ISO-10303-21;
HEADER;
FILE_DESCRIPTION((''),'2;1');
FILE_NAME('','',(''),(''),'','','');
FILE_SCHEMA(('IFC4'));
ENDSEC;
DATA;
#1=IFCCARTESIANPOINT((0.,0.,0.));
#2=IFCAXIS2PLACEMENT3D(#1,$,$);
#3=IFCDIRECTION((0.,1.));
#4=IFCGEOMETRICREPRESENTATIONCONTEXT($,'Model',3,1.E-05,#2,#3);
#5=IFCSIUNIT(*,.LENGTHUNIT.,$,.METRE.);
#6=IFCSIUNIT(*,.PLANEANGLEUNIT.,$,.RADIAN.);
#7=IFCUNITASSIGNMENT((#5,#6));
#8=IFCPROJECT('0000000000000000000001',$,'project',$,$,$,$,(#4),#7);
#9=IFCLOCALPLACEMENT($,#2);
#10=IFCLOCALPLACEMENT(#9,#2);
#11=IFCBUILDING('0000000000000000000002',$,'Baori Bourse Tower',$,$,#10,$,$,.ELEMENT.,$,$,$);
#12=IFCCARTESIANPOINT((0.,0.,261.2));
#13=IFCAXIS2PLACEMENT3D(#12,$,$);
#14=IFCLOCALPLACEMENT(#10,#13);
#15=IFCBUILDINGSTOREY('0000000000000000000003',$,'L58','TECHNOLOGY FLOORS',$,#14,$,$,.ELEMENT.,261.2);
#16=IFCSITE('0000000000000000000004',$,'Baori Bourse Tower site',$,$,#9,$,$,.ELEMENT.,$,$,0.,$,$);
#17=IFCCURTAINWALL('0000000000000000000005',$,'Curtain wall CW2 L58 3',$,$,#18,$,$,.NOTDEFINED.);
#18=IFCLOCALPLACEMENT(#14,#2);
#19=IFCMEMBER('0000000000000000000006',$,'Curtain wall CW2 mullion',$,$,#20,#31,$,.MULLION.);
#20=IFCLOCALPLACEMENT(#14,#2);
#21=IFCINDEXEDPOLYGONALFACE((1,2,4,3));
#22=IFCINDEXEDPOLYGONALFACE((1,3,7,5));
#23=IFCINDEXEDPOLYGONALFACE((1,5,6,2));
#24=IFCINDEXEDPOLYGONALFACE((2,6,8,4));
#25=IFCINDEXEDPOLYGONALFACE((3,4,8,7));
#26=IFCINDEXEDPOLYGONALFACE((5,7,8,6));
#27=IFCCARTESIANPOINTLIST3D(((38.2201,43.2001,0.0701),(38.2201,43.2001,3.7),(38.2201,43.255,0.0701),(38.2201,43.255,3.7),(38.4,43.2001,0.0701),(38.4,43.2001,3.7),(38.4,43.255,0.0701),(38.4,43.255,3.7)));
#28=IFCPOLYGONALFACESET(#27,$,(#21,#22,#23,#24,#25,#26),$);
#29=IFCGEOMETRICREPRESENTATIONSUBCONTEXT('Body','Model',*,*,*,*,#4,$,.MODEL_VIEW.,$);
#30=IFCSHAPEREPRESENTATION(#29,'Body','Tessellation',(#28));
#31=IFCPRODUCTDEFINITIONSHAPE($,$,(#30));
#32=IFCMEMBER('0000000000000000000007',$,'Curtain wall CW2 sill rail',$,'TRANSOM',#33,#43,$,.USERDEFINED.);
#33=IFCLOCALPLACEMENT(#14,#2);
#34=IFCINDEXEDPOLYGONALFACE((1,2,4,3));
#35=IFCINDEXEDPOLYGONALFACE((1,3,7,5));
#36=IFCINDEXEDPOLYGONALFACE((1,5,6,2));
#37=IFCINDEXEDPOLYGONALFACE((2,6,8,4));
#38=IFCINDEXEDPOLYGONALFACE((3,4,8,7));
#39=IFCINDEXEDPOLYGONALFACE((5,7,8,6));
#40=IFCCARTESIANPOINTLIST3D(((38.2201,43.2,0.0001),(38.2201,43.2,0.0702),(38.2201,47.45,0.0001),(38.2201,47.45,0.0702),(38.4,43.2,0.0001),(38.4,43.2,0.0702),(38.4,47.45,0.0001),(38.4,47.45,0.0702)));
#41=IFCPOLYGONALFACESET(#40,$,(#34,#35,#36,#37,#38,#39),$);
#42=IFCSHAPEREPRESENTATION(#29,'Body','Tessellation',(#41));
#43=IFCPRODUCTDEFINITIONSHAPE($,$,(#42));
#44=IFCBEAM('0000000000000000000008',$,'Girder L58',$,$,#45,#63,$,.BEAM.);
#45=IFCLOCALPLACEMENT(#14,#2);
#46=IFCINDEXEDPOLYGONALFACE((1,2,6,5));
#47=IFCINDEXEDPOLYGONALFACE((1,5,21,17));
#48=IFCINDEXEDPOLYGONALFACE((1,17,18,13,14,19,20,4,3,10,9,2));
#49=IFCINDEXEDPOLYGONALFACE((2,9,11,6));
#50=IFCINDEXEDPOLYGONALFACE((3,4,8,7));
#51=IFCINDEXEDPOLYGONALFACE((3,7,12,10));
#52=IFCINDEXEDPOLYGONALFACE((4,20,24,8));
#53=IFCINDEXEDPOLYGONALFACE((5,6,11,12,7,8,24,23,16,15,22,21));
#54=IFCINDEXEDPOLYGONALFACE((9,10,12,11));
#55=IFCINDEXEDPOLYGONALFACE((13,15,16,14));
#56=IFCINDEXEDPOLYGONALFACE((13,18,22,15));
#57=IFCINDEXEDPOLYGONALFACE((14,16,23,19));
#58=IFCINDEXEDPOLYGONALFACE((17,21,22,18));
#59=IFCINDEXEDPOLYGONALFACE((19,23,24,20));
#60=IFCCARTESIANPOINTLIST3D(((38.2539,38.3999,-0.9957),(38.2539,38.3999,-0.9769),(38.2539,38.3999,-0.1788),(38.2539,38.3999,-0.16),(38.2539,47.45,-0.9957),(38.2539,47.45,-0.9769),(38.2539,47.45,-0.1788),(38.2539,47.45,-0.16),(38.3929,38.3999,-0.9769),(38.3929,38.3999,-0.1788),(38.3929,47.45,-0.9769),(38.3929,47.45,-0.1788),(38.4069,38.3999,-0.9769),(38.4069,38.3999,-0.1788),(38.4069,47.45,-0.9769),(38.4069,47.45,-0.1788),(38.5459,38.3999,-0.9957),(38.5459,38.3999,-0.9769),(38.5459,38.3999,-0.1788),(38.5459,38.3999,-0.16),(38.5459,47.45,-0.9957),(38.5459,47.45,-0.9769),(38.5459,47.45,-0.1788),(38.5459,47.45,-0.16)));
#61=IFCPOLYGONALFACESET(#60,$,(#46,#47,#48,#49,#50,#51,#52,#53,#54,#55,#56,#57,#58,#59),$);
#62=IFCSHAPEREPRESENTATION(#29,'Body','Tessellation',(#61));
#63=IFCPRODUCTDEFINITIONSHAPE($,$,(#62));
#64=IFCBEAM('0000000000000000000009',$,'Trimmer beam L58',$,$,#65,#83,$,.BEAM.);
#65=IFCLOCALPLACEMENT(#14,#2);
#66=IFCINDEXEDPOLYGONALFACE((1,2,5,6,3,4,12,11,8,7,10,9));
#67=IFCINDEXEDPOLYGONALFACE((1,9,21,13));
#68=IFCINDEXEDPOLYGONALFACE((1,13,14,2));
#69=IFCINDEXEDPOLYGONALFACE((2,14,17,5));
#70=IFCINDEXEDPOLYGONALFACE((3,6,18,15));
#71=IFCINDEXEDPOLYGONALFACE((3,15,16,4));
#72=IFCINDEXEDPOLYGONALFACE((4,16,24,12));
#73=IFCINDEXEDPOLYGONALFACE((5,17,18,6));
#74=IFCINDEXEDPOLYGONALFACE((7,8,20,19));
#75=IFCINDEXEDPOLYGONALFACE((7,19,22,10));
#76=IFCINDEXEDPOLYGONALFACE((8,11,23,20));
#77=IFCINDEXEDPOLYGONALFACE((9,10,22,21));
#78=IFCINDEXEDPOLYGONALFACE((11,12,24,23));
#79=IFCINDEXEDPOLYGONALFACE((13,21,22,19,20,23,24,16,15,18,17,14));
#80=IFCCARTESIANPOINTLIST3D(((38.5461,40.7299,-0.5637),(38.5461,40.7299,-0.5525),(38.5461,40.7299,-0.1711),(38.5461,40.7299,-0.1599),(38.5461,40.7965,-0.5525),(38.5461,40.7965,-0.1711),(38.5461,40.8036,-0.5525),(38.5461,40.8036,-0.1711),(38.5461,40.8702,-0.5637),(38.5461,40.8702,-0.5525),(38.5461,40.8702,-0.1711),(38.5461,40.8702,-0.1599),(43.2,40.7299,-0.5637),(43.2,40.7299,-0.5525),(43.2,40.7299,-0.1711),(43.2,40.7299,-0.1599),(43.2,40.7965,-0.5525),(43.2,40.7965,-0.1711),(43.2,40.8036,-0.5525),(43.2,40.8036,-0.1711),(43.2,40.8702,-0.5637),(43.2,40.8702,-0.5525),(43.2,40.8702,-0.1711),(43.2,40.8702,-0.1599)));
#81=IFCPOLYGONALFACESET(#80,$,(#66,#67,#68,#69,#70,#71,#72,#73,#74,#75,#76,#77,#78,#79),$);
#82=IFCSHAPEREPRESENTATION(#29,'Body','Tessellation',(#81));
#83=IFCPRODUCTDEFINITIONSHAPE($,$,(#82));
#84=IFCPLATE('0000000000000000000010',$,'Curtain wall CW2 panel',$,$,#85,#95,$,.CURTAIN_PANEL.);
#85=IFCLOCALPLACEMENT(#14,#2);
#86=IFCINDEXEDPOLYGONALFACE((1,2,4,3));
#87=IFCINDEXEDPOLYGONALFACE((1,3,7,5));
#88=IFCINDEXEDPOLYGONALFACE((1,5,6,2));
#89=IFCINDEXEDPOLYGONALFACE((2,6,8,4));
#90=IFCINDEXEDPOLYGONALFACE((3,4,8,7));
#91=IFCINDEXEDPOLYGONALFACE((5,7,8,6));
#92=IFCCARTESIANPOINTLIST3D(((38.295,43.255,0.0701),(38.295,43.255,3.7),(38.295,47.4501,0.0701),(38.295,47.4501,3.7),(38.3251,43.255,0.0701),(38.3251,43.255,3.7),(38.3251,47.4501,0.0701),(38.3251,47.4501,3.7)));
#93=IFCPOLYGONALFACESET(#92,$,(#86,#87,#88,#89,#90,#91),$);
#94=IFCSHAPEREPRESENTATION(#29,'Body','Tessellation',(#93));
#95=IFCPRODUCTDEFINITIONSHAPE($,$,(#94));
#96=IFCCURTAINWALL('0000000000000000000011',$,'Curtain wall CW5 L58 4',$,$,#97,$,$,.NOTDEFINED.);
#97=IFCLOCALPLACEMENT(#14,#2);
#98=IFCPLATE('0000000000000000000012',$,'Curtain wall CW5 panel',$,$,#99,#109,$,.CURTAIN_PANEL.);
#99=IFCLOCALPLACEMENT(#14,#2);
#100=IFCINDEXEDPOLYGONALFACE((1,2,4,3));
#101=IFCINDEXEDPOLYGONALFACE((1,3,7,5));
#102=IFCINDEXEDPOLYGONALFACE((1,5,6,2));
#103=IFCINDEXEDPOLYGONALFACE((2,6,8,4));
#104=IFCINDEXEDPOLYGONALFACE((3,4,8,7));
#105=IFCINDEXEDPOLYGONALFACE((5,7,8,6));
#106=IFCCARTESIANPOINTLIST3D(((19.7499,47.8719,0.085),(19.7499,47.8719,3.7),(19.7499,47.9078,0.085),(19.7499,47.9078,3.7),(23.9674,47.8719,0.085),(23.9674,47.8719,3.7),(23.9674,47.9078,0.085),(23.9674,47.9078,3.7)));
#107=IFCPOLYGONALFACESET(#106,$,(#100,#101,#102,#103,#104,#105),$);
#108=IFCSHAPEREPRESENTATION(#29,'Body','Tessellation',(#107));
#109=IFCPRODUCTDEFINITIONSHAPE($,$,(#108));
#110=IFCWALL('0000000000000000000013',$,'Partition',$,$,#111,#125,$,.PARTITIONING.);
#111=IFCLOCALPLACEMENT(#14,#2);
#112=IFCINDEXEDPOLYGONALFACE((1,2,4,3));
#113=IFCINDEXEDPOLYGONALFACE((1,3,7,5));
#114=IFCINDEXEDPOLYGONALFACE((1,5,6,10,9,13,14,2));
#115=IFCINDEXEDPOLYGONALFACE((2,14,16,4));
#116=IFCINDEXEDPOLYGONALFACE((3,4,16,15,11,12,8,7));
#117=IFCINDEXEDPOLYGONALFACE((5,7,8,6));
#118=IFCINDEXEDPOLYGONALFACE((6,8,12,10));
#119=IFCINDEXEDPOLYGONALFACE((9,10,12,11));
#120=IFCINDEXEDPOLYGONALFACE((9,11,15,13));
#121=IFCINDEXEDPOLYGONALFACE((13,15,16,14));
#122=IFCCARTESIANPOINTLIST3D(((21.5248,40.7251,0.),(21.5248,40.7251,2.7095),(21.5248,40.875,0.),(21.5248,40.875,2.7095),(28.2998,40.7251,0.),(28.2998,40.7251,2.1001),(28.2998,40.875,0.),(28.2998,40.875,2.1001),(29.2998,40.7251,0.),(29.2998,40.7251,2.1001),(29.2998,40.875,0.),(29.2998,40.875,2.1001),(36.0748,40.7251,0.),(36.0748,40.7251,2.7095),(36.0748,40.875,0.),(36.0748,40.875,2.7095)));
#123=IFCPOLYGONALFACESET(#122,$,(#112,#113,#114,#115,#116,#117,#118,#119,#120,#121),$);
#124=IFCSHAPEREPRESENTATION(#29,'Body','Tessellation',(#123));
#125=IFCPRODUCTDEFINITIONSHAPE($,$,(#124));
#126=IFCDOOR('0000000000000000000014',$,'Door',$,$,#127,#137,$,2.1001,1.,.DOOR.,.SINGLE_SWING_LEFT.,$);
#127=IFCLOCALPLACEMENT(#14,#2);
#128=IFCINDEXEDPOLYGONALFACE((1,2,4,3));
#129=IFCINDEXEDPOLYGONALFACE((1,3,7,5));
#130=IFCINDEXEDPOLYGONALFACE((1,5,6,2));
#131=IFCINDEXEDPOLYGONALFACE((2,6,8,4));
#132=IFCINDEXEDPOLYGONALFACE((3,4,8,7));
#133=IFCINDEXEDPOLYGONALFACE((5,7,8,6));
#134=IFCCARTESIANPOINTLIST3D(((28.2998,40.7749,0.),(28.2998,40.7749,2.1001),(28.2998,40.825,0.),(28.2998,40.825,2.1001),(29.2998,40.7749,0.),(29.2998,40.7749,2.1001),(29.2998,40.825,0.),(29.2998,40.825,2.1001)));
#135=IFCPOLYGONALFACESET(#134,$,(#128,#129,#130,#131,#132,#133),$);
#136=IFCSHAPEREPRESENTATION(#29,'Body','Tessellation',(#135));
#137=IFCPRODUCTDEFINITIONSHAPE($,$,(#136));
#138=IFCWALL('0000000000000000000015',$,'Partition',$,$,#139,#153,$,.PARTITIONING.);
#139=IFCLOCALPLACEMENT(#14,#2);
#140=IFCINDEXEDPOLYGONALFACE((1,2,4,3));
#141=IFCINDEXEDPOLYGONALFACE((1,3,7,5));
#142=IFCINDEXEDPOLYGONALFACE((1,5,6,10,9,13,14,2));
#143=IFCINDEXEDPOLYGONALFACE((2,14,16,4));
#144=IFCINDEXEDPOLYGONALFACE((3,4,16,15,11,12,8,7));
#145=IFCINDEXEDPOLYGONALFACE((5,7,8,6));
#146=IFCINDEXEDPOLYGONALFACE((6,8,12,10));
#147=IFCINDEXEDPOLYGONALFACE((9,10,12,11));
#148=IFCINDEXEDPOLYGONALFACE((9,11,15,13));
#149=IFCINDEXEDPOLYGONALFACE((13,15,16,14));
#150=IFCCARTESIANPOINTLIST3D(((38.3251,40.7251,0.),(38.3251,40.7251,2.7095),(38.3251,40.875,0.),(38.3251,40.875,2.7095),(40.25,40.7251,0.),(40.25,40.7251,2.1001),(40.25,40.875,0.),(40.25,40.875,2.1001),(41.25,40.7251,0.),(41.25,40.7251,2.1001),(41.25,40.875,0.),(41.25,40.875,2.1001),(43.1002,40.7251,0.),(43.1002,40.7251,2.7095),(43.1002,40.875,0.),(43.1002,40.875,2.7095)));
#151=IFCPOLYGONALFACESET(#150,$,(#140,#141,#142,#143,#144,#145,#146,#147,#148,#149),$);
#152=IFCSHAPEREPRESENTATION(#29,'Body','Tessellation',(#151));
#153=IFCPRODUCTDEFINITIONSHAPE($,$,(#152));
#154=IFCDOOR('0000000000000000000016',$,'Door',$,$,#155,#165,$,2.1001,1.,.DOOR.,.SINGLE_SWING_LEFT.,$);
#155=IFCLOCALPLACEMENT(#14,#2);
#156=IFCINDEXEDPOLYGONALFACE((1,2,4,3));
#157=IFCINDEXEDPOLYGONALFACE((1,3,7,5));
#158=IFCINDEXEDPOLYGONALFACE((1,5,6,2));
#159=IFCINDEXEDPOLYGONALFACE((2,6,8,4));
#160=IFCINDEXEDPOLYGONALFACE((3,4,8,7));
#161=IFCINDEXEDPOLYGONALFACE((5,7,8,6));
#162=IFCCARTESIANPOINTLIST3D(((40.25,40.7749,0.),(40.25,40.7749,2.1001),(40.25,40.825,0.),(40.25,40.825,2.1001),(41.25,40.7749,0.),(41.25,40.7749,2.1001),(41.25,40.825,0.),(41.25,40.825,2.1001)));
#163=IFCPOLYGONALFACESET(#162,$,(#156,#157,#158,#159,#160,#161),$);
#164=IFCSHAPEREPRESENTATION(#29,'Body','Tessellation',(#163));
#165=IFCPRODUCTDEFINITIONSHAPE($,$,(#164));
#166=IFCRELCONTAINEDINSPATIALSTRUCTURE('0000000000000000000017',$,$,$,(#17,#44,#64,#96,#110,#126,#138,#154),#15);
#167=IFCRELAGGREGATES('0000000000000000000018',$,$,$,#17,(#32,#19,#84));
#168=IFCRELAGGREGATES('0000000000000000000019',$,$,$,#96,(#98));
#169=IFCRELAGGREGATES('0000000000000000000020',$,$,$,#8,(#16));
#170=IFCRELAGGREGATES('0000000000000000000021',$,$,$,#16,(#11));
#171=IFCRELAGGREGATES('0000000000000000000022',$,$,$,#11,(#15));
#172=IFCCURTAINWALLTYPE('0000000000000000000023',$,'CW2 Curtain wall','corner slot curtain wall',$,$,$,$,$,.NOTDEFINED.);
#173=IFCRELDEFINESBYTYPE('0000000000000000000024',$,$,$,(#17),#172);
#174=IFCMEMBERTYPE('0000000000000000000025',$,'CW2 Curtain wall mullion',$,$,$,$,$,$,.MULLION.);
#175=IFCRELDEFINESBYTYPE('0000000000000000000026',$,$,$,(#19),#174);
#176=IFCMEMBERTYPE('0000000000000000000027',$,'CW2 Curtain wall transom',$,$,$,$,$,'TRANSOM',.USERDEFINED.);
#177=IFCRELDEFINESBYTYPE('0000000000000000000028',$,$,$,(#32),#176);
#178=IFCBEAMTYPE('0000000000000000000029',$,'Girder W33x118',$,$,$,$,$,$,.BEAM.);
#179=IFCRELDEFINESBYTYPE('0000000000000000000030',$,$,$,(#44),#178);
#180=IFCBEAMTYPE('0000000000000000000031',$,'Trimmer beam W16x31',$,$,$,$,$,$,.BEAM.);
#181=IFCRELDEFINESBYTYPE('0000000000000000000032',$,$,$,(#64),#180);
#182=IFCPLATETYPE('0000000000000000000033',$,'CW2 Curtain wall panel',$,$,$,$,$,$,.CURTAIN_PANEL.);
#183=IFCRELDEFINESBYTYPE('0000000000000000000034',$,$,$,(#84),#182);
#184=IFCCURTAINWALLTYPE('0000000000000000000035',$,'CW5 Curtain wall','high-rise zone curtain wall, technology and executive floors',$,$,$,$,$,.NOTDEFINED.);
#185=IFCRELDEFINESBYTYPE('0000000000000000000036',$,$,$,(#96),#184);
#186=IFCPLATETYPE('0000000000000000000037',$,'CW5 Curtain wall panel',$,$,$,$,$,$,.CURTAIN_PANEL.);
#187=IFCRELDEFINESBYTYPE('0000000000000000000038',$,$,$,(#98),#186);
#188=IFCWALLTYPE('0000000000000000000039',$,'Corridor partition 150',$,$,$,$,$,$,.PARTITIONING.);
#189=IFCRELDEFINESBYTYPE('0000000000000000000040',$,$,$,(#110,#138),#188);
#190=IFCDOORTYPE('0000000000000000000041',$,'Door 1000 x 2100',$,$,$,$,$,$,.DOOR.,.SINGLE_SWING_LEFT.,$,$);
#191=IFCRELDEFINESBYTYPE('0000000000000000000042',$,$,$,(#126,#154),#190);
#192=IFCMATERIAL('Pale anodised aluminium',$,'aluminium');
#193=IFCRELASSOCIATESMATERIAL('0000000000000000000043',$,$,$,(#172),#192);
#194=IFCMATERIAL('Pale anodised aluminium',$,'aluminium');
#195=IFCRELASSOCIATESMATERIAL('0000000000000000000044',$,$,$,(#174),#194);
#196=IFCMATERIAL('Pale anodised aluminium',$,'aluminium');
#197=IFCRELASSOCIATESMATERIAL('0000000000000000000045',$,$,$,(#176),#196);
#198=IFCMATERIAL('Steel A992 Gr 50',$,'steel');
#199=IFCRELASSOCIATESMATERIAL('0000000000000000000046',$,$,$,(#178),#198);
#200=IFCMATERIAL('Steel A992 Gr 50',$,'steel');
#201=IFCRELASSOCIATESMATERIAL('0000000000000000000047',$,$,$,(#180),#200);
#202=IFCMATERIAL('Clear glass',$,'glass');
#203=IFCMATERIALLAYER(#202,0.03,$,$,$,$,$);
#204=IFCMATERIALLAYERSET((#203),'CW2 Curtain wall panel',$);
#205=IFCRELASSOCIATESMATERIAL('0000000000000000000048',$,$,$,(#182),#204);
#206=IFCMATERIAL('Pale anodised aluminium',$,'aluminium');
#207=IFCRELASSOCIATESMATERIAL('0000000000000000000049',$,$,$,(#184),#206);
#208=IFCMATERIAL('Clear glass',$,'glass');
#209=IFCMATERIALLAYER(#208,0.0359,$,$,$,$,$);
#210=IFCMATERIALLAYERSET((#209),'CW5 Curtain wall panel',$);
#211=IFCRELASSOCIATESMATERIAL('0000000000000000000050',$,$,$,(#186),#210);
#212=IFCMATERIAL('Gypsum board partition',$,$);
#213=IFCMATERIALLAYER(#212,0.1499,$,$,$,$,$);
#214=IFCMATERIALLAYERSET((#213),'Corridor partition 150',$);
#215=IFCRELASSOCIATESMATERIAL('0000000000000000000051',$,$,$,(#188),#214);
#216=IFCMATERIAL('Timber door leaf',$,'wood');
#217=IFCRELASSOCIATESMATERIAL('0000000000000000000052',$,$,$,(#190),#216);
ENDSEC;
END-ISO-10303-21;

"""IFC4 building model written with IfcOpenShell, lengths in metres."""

from ifc_helpers import new_model, si_unit, direction, frame, frame_2d, origin, origin_2d, place, context, subcontext, project, spatial, rectangle, i_section, extrude, material, layer, layer_set, material_profile, profile_set, type_object, element, fill, aggregate, save


model = new_model("IFC4")

# Units and contexts
model_context = context("Model", 3, precision=1e-05, world=origin(), true_north=direction((0.0, 1.0)))
body_context = subcontext(model_context, "Body", "Model", "MODEL_VIEW")
ifc_project = project(units=[si_unit("LENGTHUNIT", "METRE"), si_unit("PLANEANGLEUNIT", "RADIAN")], contexts=[model_context])

# Site, building, storey
site_placement = place(None, origin())
site = spatial("IfcSite", under=ifc_project, at=site_placement, Name="Baori Bourse Tower site", CompositionType="ELEMENT", RefElevation=0.0)
building_placement = place(site_placement, origin())
building = spatial("IfcBuilding", under=site, at=building_placement, Name="Baori Bourse Tower", CompositionType="ELEMENT")
storey_placement = place(building_placement, frame((0.0, 0.0, 261.2)))
storey = spatial("IfcBuildingStorey", under=building, at=storey_placement, Name="L58", Description="TECHNOLOGY FLOORS", CompositionType="ELEMENT", Elevation=261.2)

# Curtain wall, members
ifc_material_1 = material(Name="Pale anodised aluminium", Category="aluminium")
curtain_wall_type_1 = type_object("IfcCurtainWallType", Name="CW2 Curtain wall", Description="corner slot curtain wall", PredefinedType="NOTDEFINED", material=ifc_material_1)
curtain_wall_1_placement = place(storey_placement, origin())
curtain_wall_1 = element("IfcCurtainWall", 1, at=curtain_wall_1_placement, inside=storey, type_object=curtain_wall_type_1, Name="Curtain wall CW2 L58 3", PredefinedType="NOTDEFINED")
ifc_material_2 = material(Name="Pale anodised aluminium", Category="aluminium")
ifc_material_profile_1 = material_profile(ifc_material_2, rectangle(XDim=0.1799, YDim=0.0549, at=origin_2d()), Name="Mullion 55x180")
ifc_profile_set_1 = profile_set([ifc_material_profile_1], Name="Pale anodised aluminium")
member_type_1 = type_object("IfcMemberType", Name="CW2 Curtain wall mullion", PredefinedType="MULLION", material=ifc_profile_set_1)
member_1_placement = place(storey_placement, frame((38.3101, 43.2275, 0.0701), z_axis=(0.0, 0.0, 1.0), x_axis=(-1.0, 0.0, 0.0)))
member_1 = element("IfcMember", 2, at=member_1_placement, type_object=member_type_1, Name="Curtain wall CW2 mullion", PredefinedType="MULLION", context=body_context, shape_type="SweptSolid", body=[
    extrude(rectangle(XDim=0.1799, YDim=0.0549, at=origin_2d()), origin(), (0.0, 0.0, 1.0), 3.6299),
])
ifc_material_3 = material(Name="Pale anodised aluminium", Category="aluminium")
ifc_material_profile_2 = material_profile(ifc_material_3, rectangle(XDim=0.1799, YDim=0.0701, at=origin_2d()), Name="Transom 70x180")
ifc_profile_set_2 = profile_set([ifc_material_profile_2], Name="Pale anodised aluminium")
member_type_2 = type_object("IfcMemberType", Name="CW2 Curtain wall transom", ElementType="TRANSOM", PredefinedType="USERDEFINED", material=ifc_profile_set_2)
member_2_placement = place(storey_placement, frame((38.3101, 43.2, 0.0352), z_axis=(0.0, 1.0, 0.0), x_axis=(-1.0, 0.0, 0.0)))
member_2 = element("IfcMember", 3, at=member_2_placement, type_object=member_type_2, Name="Curtain wall CW2 sill rail", ObjectType="TRANSOM", PredefinedType="USERDEFINED", context=body_context, shape_type="SweptSolid", body=[
    extrude(rectangle(XDim=0.1799, YDim=0.0701, at=origin_2d()), origin(), (0.0, 0.0, 1.0), 4.25),
])

# Beams
ifc_material_4 = material(Name="Steel A992 Gr 50", Category="steel")
ifc_material_profile_3 = material_profile(ifc_material_4, i_section(OverallWidth=0.292, OverallDepth=0.8357, WebThickness=0.0139, FlangeThickness=0.0188, at=origin_2d()), Name="W33x118")
ifc_profile_set_3 = profile_set([ifc_material_profile_3], Name="Steel A992 Gr 50")
beam_type_1 = type_object("IfcBeamType", Name="Girder W33x118", PredefinedType="BEAM", material=ifc_profile_set_3)
beam_1_placement = place(storey_placement, frame((38.3999, 38.3999, -0.5779), z_axis=(0.0, 1.0, 0.0), x_axis=(-1.0, 0.0, 0.0)))
element("IfcBeam", 4, at=beam_1_placement, inside=storey, type_object=beam_type_1, Name="Girder L58", PredefinedType="BEAM", context=body_context, shape_type="SweptSolid", body=[
    extrude(i_section(OverallWidth=0.292, OverallDepth=0.8357, WebThickness=0.0139, FlangeThickness=0.0188, at=origin_2d()), origin(), (0.0, 0.0, 1.0), 9.05),
])
ifc_material_5 = material(Name="Steel A992 Gr 50", Category="steel")
ifc_material_profile_4 = material_profile(ifc_material_5, i_section(OverallWidth=0.1404, OverallDepth=0.4038, WebThickness=0.0071, FlangeThickness=0.0112, at=origin_2d()), Name="W16x31")
ifc_profile_set_4 = profile_set([ifc_material_profile_4], Name="Steel A992 Gr 50")
beam_type_2 = type_object("IfcBeamType", Name="Trimmer beam W16x31", PredefinedType="BEAM", material=ifc_profile_set_4)
beam_2_placement = place(storey_placement, frame((38.5461, 40.8, -0.3618), z_axis=(1.0, 0.0, 0.0), x_axis=(0.0, 1.0, 0.0)))
element("IfcBeam", 5, at=beam_2_placement, inside=storey, type_object=beam_type_2, Name="Trimmer beam L58", PredefinedType="BEAM", context=body_context, shape_type="SweptSolid", body=[
    extrude(i_section(OverallWidth=0.1404, OverallDepth=0.4038, WebThickness=0.0071, FlangeThickness=0.0112, at=origin_2d()), origin(), (0.0, 0.0, 1.0), 4.6538),
])

# Plate
ifc_material_6 = material(Name="Clear glass", Category="glass")
ifc_layer_1 = layer(ifc_material_6, 0.03)
ifc_layer_set_1 = layer_set([ifc_layer_1], Name="CW2 Curtain wall panel")
plate_type_1 = type_object("IfcPlateType", Name="CW2 Curtain wall panel", PredefinedType="CURTAIN_PANEL", material=ifc_layer_set_1)
plate_1_placement = place(storey_placement, frame((38.3101, 45.3525, 0.0701), z_axis=(0.0, 0.0, 1.0), x_axis=(0.0, 1.0, 0.0)))
plate_1 = element("IfcPlate", 6, at=plate_1_placement, type_object=plate_type_1, Name="Curtain wall CW2 panel", PredefinedType="CURTAIN_PANEL", context=body_context, shape_type="SweptSolid", body=[
    extrude(rectangle(XDim=4.1951, YDim=0.03, at=origin_2d()), origin(), (0.0, 0.0, 1.0), 3.6299),
])
aggregate(curtain_wall_1, [member_2, member_1, plate_1])

# Curtain wall, plate
ifc_material_7 = material(Name="Pale anodised aluminium", Category="aluminium")
curtain_wall_type_2 = type_object("IfcCurtainWallType", Name="CW5 Curtain wall", Description="high-rise zone curtain wall, technology and executive floors", PredefinedType="NOTDEFINED", material=ifc_material_7)
curtain_wall_2_placement = place(storey_placement, origin())
curtain_wall_2 = element("IfcCurtainWall", 7, at=curtain_wall_2_placement, inside=storey, type_object=curtain_wall_type_2, Name="Curtain wall CW5 L58 4", PredefinedType="NOTDEFINED")
ifc_material_8 = material(Name="Clear glass", Category="glass")
ifc_layer_2 = layer(ifc_material_8, 0.0359)
ifc_layer_set_2 = layer_set([ifc_layer_2], Name="CW5 Curtain wall panel")
plate_type_2 = type_object("IfcPlateType", Name="CW5 Curtain wall panel", PredefinedType="CURTAIN_PANEL", material=ifc_layer_set_2)
plate_2_placement = place(storey_placement, frame((21.8586, 47.8899, 0.085), z_axis=(0.0, 0.0, 1.0), x_axis=(-1.0, 0.0, 0.0)))
plate_2 = element("IfcPlate", 8, at=plate_2_placement, type_object=plate_type_2, Name="Curtain wall CW5 panel", PredefinedType="CURTAIN_PANEL", context=body_context, shape_type="SweptSolid", body=[
    extrude(rectangle(XDim=4.2175, YDim=0.0359, at=origin_2d()), origin(), (0.0, 0.0, 1.0), 3.615),
])
aggregate(curtain_wall_2, [plate_2])

# Walls, openings, doors
ifc_material_9 = material(Name="Gypsum board partition")
ifc_layer_3 = layer(ifc_material_9, 0.1499)
ifc_layer_set_3 = layer_set([ifc_layer_3], Name="Corridor partition 150")
wall_type_1 = type_object("IfcWallType", Name="Corridor partition 150", PredefinedType="PARTITIONING", material=ifc_layer_set_3)
wall_1_placement = place(storey_placement, frame((21.5249, 40.8, 0.0), z_axis=(0.0, 0.0, 1.0), x_axis=(1.0, 0.0, 0.0)))
wall_1 = element("IfcWall", 9, at=wall_1_placement, inside=storey, type_object=wall_type_1, Name="Partition", PredefinedType="PARTITIONING", context=body_context, shape_type="SweptSolid", body=[
    extrude(rectangle(XDim=14.55, YDim=0.1499, at=frame_2d((7.2749, 0.0))), origin(), (0.0, 0.0, 1.0), 2.7095),
])
opening_1_placement = place(wall_1_placement, frame((6.7749, 0.0, 0.0)))
opening_1 = element("IfcOpeningElement", 10, at=opening_1_placement, cuts=wall_1, PredefinedType="OPENING", context=body_context, shape_type="SweptSolid", body=[
    extrude(rectangle(XDim=1.0, YDim=2.1001, at=frame_2d((0.5, 1.05))), frame((0.0, 0.085, 0.0), z_axis=(0.0, -1.0, 0.0), x_axis=(1.0, 0.0, 0.0)), (0.0, 0.0, 1.0), 0.1699),
])
ifc_material_10 = material(Name="Timber door leaf", Category="wood")
door_type = type_object("IfcDoorType", Name="Door 1000 x 2100", OperationType="SINGLE_SWING_LEFT", PredefinedType="DOOR", material=ifc_material_10)
door_1_placement = place(opening_1_placement, origin())
door_1 = element("IfcDoor", 11, at=door_1_placement, inside=storey, type_object=door_type, Name="Door", OperationType="SINGLE_SWING_LEFT", OverallHeight=2.1001, OverallWidth=1.0, PredefinedType="DOOR", context=body_context, shape_type="SweptSolid", body=[
    extrude(rectangle(XDim=1.0, YDim=2.1001, at=frame_2d((0.5, 1.05))), frame((0.0, 0.0249, 0.0), z_axis=(0.0, -1.0, 0.0), x_axis=(1.0, 0.0, 0.0)), (0.0, 0.0, 1.0), 0.05),
])
fill(opening_1, door_1)
wall_2_placement = place(storey_placement, frame((38.325, 40.8, 0.0), z_axis=(0.0, 0.0, 1.0), x_axis=(1.0, 0.0, 0.0)))
wall_2 = element("IfcWall", 12, at=wall_2_placement, inside=storey, type_object=wall_type_1, Name="Partition", PredefinedType="PARTITIONING", context=body_context, shape_type="SweptSolid", body=[
    extrude(rectangle(XDim=4.7751, YDim=0.1499, at=frame_2d((2.3877, 0.0))), origin(), (0.0, 0.0, 1.0), 2.7095),
])
opening_2_placement = place(wall_2_placement, frame((1.925, 0.0, 0.0)))
opening_2 = element("IfcOpeningElement", 13, at=opening_2_placement, cuts=wall_2, PredefinedType="OPENING", context=body_context, shape_type="SweptSolid", body=[
    extrude(rectangle(XDim=1.0, YDim=2.1001, at=frame_2d((0.5, 1.05))), frame((0.0, 0.085, 0.0), z_axis=(0.0, -1.0, 0.0), x_axis=(1.0, 0.0, 0.0)), (0.0, 0.0, 1.0), 0.1699),
])
door_2_placement = place(opening_2_placement, origin())
door_2 = element("IfcDoor", 14, at=door_2_placement, inside=storey, type_object=door_type, Name="Door", OperationType="SINGLE_SWING_LEFT", OverallHeight=2.1001, OverallWidth=1.0, PredefinedType="DOOR", context=body_context, shape_type="SweptSolid", body=[
    extrude(rectangle(XDim=1.0, YDim=2.1001, at=frame_2d((0.5, 1.05))), frame((0.0, 0.0249, 0.0), z_axis=(0.0, -1.0, 0.0), x_axis=(1.0, 0.0, 0.0)), (0.0, 0.0, 1.0), 0.05),
])
fill(opening_2, door_2)

save(model, "model.ifc")
